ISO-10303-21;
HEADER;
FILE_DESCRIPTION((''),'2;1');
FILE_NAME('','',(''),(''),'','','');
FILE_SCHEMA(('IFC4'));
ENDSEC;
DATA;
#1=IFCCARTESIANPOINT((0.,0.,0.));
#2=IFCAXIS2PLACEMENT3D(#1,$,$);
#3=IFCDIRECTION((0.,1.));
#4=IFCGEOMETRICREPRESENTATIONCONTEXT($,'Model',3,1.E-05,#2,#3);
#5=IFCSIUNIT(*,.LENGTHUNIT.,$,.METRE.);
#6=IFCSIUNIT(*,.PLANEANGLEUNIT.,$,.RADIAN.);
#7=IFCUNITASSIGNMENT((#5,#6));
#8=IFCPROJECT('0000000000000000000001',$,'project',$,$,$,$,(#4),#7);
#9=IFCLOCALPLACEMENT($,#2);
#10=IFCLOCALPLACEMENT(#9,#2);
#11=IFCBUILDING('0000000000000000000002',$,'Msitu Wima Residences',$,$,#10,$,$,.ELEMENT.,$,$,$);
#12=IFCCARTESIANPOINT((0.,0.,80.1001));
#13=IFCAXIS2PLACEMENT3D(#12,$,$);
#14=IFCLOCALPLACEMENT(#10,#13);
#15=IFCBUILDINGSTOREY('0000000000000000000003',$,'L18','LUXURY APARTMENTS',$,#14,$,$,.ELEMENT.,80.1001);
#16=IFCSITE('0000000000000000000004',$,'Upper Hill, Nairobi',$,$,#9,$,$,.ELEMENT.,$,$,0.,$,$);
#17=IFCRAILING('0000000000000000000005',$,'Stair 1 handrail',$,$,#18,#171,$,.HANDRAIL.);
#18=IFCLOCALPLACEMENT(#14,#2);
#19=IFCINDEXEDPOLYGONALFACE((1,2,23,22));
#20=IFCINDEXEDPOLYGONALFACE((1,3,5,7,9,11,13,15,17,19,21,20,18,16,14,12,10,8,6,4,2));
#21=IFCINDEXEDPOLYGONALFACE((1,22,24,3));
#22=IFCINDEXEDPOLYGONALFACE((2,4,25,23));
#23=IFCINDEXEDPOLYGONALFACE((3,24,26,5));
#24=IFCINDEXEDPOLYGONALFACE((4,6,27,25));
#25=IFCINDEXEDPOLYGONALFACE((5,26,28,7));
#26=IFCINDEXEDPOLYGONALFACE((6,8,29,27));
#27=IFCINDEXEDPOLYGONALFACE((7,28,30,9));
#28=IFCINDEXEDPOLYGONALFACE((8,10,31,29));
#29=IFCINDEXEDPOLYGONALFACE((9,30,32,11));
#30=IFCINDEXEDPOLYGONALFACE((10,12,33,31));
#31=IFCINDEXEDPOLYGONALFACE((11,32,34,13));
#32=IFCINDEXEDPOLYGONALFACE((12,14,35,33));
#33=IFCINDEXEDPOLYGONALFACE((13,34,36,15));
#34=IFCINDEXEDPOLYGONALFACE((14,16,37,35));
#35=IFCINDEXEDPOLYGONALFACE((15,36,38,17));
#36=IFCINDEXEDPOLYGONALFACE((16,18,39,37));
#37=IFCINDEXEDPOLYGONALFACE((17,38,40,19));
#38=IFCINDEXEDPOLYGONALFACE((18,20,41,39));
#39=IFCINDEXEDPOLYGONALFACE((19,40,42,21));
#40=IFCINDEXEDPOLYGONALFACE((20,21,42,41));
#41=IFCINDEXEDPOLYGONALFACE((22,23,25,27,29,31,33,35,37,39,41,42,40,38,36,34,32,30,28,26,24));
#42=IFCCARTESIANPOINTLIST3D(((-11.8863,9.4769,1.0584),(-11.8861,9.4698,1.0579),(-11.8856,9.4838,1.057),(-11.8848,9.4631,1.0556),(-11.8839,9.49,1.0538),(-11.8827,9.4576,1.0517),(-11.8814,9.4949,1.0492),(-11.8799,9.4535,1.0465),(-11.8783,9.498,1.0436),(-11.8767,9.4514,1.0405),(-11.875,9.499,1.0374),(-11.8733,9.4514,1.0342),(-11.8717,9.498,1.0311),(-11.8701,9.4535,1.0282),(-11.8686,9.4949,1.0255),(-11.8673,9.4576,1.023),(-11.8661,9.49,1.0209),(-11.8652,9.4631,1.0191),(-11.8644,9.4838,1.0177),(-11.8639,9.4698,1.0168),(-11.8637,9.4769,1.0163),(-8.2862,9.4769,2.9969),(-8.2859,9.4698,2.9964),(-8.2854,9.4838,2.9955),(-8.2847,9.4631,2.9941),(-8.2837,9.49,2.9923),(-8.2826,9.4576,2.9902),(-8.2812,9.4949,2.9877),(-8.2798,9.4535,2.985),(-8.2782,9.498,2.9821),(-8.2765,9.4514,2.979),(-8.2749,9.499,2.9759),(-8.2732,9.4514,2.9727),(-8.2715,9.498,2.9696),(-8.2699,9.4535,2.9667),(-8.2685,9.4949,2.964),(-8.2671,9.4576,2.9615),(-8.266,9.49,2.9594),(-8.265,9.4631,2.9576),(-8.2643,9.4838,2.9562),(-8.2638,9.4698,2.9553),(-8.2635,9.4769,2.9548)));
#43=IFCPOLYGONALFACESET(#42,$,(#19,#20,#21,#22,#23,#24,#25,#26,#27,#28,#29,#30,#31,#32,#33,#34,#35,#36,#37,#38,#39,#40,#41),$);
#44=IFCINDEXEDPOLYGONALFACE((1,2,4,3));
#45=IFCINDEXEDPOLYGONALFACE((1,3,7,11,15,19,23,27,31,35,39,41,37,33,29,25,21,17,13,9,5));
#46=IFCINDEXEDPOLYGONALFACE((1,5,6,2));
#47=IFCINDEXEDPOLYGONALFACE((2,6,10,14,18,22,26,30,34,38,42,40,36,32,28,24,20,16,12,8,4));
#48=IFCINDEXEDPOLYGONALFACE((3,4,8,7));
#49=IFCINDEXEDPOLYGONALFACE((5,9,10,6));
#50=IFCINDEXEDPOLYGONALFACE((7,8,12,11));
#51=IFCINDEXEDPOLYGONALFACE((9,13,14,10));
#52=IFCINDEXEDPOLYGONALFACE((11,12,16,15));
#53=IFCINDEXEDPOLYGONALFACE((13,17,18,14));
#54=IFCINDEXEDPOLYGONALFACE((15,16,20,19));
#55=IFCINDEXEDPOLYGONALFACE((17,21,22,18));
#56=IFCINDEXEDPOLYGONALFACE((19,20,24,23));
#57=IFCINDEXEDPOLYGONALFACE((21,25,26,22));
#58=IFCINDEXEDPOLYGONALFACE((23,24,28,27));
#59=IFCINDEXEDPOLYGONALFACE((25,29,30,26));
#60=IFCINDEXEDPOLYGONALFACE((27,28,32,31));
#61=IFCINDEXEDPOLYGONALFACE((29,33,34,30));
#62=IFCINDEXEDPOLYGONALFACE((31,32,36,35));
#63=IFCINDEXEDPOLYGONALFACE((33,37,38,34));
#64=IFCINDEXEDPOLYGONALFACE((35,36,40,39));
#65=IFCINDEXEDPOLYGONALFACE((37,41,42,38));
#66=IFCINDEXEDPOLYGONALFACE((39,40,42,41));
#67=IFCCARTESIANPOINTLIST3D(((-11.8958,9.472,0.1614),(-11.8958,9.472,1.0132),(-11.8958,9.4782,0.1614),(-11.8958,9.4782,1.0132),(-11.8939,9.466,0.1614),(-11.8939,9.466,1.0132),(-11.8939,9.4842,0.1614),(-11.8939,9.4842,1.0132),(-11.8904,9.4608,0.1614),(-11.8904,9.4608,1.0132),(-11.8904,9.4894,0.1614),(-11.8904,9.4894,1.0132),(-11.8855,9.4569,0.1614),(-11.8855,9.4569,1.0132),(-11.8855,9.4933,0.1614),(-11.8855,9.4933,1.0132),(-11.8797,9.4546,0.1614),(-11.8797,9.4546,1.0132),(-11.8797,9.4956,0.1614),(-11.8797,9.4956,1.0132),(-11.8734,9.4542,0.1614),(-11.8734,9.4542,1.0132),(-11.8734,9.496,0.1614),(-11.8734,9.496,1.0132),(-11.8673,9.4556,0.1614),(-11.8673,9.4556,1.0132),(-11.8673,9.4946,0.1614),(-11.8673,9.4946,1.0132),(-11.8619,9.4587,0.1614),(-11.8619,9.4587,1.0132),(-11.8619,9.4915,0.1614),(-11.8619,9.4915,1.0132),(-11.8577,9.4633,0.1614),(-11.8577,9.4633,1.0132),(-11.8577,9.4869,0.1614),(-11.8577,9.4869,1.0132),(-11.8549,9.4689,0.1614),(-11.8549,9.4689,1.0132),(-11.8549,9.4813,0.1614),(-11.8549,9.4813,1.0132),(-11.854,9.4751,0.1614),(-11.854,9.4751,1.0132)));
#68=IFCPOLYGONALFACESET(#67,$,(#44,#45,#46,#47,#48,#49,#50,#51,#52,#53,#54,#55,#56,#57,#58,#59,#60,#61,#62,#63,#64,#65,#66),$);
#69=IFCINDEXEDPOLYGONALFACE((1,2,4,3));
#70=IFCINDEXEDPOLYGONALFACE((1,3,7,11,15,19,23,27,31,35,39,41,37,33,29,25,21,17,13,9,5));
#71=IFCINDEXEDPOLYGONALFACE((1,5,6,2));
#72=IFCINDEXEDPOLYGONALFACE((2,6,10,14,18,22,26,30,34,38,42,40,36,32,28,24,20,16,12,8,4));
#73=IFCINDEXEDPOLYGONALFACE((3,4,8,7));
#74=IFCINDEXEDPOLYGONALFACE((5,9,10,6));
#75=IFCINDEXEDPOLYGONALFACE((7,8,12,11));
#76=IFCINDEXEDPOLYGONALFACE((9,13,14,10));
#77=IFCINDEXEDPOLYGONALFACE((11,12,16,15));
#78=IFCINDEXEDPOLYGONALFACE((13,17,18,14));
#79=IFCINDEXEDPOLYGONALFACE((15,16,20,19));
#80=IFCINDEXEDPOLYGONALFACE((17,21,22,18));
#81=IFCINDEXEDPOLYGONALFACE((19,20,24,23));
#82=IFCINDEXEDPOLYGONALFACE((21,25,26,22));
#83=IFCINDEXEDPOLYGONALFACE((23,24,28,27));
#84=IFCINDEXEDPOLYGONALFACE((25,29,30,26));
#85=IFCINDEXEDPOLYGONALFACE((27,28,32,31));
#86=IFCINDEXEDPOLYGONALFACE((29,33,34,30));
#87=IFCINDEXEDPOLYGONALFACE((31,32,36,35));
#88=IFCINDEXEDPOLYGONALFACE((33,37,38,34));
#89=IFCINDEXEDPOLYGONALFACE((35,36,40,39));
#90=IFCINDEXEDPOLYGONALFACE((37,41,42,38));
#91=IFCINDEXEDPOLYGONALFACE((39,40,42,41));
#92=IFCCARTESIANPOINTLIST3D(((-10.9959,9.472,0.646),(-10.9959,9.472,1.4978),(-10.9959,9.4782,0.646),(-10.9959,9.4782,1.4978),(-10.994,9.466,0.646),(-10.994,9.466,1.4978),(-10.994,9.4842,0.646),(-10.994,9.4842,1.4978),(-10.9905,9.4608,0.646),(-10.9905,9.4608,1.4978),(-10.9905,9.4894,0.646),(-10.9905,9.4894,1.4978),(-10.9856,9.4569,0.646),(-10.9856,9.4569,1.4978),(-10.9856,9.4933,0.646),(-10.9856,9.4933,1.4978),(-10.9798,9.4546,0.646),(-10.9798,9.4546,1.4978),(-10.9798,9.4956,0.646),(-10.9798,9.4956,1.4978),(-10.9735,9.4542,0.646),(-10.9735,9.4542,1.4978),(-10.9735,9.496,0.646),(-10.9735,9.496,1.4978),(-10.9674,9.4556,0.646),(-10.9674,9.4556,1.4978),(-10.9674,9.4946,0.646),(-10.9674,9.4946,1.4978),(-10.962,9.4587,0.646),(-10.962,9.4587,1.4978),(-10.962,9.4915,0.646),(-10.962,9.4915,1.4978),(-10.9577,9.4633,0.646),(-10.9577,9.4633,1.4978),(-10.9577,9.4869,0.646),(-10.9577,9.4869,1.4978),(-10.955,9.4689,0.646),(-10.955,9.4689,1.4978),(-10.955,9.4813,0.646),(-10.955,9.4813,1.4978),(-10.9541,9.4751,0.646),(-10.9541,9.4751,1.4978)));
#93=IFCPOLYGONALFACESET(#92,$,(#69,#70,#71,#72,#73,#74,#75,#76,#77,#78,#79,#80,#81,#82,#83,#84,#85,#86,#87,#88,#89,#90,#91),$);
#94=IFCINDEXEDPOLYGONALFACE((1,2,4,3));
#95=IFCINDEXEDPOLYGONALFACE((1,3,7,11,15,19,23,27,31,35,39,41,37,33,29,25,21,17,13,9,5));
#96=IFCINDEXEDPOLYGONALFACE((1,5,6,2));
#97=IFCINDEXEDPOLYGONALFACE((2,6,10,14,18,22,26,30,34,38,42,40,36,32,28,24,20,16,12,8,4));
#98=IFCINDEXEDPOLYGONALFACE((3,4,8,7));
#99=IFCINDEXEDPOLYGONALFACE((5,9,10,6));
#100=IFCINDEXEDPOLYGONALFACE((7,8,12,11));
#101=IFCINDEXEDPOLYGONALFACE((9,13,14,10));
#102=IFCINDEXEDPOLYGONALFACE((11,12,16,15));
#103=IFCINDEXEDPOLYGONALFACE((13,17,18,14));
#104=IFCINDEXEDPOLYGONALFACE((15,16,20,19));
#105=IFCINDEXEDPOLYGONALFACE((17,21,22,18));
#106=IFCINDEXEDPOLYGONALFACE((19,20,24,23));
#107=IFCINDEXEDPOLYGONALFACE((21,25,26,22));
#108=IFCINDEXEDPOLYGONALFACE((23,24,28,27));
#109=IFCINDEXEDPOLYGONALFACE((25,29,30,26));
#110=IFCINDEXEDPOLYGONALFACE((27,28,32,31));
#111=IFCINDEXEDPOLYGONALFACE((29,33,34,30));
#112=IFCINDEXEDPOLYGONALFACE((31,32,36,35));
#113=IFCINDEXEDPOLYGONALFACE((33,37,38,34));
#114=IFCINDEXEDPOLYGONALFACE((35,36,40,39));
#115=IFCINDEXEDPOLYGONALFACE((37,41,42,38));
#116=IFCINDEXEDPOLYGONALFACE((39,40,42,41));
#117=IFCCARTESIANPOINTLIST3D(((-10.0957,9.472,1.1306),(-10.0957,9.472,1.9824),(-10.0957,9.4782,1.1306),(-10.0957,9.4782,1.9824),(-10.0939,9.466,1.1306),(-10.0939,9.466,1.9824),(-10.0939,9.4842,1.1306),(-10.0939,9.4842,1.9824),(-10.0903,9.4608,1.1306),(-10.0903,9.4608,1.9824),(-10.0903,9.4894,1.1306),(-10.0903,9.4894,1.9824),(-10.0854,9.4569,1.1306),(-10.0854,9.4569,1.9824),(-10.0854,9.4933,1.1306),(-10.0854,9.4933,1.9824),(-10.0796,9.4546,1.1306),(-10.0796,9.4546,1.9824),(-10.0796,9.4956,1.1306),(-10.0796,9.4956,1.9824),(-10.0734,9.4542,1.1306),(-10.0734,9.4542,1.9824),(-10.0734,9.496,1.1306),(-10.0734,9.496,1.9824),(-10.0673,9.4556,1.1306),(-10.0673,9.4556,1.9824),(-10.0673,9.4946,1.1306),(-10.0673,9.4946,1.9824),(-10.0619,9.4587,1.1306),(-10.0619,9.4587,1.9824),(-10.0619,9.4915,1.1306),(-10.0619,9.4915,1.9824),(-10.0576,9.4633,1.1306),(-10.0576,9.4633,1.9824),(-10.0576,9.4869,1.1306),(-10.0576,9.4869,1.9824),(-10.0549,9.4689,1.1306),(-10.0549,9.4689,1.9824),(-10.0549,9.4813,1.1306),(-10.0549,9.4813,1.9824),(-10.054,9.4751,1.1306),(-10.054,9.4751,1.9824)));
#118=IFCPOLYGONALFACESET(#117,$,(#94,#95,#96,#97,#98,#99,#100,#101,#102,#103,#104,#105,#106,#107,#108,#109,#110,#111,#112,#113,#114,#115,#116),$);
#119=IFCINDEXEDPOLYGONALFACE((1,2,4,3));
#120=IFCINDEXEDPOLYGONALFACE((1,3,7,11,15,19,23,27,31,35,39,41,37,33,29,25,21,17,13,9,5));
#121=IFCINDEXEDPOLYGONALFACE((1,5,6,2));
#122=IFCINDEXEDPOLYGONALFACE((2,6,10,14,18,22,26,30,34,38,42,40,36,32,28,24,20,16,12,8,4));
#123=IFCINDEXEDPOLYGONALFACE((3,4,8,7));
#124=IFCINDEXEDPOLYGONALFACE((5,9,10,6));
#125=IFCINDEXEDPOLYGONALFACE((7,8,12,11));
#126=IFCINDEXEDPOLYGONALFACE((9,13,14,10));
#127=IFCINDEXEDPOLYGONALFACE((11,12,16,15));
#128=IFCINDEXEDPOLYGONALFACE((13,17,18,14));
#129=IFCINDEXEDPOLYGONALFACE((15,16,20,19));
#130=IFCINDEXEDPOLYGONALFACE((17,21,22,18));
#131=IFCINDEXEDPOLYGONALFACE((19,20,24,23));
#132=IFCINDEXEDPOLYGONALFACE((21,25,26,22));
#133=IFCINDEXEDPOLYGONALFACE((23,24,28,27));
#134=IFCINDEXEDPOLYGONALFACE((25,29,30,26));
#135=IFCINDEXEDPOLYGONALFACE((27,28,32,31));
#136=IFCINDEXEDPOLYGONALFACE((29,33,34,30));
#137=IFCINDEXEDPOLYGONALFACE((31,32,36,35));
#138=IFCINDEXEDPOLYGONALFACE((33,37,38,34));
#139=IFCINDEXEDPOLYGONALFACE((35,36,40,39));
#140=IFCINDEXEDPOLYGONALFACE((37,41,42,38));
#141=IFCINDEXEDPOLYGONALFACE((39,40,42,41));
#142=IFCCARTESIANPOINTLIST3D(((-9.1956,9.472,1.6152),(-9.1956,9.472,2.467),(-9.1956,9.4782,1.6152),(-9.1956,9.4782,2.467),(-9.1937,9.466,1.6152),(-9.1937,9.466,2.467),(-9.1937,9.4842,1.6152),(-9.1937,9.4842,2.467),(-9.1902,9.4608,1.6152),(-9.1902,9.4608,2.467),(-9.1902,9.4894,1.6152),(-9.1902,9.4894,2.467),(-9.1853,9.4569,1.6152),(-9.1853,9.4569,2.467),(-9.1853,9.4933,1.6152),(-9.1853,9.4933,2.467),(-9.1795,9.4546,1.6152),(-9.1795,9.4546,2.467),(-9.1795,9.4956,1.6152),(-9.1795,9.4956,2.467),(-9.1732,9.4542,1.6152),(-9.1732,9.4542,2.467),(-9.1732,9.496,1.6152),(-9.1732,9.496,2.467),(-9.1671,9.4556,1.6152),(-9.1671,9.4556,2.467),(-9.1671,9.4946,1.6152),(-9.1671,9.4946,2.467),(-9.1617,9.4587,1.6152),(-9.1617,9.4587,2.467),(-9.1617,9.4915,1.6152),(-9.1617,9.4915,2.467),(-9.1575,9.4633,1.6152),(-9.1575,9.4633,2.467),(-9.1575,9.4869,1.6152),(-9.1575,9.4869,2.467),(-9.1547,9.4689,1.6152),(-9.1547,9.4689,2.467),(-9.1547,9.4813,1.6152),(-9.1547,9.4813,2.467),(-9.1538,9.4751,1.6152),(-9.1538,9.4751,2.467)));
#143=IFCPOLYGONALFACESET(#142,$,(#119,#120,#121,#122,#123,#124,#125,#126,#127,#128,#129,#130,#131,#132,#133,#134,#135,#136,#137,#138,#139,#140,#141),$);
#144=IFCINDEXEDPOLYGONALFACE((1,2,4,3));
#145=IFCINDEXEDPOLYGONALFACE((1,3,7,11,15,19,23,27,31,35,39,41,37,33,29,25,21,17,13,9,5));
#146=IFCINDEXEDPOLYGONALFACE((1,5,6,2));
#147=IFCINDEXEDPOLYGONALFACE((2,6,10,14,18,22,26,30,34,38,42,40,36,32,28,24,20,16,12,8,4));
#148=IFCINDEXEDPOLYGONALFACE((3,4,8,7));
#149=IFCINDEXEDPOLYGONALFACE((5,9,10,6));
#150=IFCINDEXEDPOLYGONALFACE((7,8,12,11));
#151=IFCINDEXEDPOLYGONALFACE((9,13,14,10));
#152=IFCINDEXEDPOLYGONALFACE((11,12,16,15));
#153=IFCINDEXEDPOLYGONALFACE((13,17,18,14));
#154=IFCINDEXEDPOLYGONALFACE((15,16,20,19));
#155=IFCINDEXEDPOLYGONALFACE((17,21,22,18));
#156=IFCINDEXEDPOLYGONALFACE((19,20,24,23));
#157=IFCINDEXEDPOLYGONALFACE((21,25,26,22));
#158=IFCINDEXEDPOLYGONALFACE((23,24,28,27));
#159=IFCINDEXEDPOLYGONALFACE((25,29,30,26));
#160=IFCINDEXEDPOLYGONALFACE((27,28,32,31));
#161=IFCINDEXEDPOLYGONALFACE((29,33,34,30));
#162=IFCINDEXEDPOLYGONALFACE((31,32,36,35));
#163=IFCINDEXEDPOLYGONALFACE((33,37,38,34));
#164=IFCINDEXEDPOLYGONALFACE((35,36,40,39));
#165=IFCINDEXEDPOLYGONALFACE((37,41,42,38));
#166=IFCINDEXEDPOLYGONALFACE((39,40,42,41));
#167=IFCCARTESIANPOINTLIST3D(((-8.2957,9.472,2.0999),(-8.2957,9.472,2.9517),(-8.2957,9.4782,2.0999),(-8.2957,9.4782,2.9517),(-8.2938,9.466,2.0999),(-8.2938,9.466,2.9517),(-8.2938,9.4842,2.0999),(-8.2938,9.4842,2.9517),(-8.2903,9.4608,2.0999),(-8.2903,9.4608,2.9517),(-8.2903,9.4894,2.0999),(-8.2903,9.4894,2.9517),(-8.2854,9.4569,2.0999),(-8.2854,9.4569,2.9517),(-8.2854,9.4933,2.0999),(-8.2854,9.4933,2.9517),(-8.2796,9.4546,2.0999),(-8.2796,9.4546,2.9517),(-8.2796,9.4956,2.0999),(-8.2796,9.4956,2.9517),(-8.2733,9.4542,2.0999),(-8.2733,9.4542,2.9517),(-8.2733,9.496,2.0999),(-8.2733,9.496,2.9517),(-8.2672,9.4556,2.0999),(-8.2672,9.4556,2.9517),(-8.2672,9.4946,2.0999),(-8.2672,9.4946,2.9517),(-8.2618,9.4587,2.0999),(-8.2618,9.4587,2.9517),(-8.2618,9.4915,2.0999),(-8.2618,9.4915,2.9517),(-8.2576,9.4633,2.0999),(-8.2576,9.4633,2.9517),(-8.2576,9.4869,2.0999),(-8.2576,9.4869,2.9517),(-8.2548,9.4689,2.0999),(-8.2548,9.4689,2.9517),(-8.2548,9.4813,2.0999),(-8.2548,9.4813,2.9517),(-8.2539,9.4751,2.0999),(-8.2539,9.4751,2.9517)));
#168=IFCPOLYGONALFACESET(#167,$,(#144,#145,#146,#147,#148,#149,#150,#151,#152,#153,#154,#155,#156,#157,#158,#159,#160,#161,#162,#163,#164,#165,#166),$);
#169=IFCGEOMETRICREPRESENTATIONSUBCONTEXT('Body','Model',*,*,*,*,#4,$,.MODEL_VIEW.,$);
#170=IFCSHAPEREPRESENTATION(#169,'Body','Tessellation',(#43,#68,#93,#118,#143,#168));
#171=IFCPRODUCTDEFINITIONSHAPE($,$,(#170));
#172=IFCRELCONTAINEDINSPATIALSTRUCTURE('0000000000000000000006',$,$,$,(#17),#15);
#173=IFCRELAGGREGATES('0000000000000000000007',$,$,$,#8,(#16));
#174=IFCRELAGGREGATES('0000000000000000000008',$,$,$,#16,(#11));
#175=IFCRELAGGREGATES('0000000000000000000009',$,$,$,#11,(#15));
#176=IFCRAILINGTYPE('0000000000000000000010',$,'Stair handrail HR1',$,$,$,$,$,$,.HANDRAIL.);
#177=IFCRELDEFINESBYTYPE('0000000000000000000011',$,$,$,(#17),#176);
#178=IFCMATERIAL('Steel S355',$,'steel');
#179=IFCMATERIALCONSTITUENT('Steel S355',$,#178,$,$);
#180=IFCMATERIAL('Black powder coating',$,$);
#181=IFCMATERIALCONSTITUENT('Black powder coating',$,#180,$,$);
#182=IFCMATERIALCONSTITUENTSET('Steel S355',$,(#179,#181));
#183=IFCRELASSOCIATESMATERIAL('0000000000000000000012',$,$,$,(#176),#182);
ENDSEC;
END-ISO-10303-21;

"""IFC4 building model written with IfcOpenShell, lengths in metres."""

from ifc_helpers import new_model, si_unit, direction, frame, origin, origin_2d, place, context, subcontext, project, spatial, circle, extrude, material, constituent, constituent_set, type_object, element, save


model = new_model("IFC4")

# Units and contexts
model_context = context("Model", 3, precision=1e-05, world=origin(), true_north=direction((0.0, 1.0)))
body_context = subcontext(model_context, "Body", "Model", "MODEL_VIEW")
ifc_project = project(units=[si_unit("LENGTHUNIT", "METRE"), si_unit("PLANEANGLEUNIT", "RADIAN")], contexts=[model_context])

# Site, building, storey
site_placement = place(None, origin())
site = spatial("IfcSite", under=ifc_project, at=site_placement, Name="Upper Hill, Nairobi", CompositionType="ELEMENT", RefElevation=0.0)
building_placement = place(site_placement, origin())
building = spatial("IfcBuilding", under=site, at=building_placement, Name="Msitu Wima Residences", CompositionType="ELEMENT")
storey_placement = place(building_placement, frame((0.0, 0.0, 80.1001)))
storey = spatial("IfcBuildingStorey", under=building, at=storey_placement, Name="L18", Description="LUXURY APARTMENTS", CompositionType="ELEMENT", Elevation=80.1001)

# Railing
ifc_material_1 = material(Name="Steel S355", Category="steel")
ifc_constituent_1 = constituent(ifc_material_1, Name="Steel S355")
ifc_material_2 = material(Name="Black powder coating")
ifc_constituent_2 = constituent(ifc_material_2, Name="Black powder coating")
ifc_constituent_set = constituent_set(constituents=[ifc_constituent_1, ifc_constituent_2], Name="Steel S355")
railing_type = type_object("IfcRailingType", Name="Stair handrail HR1", PredefinedType="HANDRAIL", material=ifc_constituent_set)
for number, where, name in (
    (1, (-11.875, 9.4751, 0.1614), "Stair 1 handrail"),
):
    element("IfcRailing", number, at=place(storey_placement, frame(where)), inside=storey, type_object=railing_type, Name=name, PredefinedType="HANDRAIL", context=body_context, shape_type="SweptSolid", body=[
        extrude(circle(Radius=0.0239, at=origin_2d()), frame((0.0, 0.0, 0.876), z_axis=(0.880475, 0.0, 0.474093), x_axis=(0.0, 1.0, 0.0)), (0.0, 0.0, 1.0), 4.0889),
        extrude(circle(Radius=0.021, at=origin_2d()), origin(), (0.0, 0.0, 1.0), 0.8518),
        extrude(circle(Radius=0.021, at=origin_2d()), frame((0.8999, 0.0, 0.4846)), (0.0, 0.0, 1.0), 0.8518),
        extrude(circle(Radius=0.021, at=origin_2d()), frame((1.8, 0.0, 0.9692)), (0.0, 0.0, 1.0), 0.8518),
        extrude(circle(Radius=0.021, at=origin_2d()), frame((2.7002, 0.0, 1.4539)), (0.0, 0.0, 1.0), 0.8518),
        extrude(circle(Radius=0.021, at=origin_2d()), frame((3.6001, 0.0, 1.9385)), (0.0, 0.0, 1.0), 0.8518),
    ])

save(model, "model.ifc")
